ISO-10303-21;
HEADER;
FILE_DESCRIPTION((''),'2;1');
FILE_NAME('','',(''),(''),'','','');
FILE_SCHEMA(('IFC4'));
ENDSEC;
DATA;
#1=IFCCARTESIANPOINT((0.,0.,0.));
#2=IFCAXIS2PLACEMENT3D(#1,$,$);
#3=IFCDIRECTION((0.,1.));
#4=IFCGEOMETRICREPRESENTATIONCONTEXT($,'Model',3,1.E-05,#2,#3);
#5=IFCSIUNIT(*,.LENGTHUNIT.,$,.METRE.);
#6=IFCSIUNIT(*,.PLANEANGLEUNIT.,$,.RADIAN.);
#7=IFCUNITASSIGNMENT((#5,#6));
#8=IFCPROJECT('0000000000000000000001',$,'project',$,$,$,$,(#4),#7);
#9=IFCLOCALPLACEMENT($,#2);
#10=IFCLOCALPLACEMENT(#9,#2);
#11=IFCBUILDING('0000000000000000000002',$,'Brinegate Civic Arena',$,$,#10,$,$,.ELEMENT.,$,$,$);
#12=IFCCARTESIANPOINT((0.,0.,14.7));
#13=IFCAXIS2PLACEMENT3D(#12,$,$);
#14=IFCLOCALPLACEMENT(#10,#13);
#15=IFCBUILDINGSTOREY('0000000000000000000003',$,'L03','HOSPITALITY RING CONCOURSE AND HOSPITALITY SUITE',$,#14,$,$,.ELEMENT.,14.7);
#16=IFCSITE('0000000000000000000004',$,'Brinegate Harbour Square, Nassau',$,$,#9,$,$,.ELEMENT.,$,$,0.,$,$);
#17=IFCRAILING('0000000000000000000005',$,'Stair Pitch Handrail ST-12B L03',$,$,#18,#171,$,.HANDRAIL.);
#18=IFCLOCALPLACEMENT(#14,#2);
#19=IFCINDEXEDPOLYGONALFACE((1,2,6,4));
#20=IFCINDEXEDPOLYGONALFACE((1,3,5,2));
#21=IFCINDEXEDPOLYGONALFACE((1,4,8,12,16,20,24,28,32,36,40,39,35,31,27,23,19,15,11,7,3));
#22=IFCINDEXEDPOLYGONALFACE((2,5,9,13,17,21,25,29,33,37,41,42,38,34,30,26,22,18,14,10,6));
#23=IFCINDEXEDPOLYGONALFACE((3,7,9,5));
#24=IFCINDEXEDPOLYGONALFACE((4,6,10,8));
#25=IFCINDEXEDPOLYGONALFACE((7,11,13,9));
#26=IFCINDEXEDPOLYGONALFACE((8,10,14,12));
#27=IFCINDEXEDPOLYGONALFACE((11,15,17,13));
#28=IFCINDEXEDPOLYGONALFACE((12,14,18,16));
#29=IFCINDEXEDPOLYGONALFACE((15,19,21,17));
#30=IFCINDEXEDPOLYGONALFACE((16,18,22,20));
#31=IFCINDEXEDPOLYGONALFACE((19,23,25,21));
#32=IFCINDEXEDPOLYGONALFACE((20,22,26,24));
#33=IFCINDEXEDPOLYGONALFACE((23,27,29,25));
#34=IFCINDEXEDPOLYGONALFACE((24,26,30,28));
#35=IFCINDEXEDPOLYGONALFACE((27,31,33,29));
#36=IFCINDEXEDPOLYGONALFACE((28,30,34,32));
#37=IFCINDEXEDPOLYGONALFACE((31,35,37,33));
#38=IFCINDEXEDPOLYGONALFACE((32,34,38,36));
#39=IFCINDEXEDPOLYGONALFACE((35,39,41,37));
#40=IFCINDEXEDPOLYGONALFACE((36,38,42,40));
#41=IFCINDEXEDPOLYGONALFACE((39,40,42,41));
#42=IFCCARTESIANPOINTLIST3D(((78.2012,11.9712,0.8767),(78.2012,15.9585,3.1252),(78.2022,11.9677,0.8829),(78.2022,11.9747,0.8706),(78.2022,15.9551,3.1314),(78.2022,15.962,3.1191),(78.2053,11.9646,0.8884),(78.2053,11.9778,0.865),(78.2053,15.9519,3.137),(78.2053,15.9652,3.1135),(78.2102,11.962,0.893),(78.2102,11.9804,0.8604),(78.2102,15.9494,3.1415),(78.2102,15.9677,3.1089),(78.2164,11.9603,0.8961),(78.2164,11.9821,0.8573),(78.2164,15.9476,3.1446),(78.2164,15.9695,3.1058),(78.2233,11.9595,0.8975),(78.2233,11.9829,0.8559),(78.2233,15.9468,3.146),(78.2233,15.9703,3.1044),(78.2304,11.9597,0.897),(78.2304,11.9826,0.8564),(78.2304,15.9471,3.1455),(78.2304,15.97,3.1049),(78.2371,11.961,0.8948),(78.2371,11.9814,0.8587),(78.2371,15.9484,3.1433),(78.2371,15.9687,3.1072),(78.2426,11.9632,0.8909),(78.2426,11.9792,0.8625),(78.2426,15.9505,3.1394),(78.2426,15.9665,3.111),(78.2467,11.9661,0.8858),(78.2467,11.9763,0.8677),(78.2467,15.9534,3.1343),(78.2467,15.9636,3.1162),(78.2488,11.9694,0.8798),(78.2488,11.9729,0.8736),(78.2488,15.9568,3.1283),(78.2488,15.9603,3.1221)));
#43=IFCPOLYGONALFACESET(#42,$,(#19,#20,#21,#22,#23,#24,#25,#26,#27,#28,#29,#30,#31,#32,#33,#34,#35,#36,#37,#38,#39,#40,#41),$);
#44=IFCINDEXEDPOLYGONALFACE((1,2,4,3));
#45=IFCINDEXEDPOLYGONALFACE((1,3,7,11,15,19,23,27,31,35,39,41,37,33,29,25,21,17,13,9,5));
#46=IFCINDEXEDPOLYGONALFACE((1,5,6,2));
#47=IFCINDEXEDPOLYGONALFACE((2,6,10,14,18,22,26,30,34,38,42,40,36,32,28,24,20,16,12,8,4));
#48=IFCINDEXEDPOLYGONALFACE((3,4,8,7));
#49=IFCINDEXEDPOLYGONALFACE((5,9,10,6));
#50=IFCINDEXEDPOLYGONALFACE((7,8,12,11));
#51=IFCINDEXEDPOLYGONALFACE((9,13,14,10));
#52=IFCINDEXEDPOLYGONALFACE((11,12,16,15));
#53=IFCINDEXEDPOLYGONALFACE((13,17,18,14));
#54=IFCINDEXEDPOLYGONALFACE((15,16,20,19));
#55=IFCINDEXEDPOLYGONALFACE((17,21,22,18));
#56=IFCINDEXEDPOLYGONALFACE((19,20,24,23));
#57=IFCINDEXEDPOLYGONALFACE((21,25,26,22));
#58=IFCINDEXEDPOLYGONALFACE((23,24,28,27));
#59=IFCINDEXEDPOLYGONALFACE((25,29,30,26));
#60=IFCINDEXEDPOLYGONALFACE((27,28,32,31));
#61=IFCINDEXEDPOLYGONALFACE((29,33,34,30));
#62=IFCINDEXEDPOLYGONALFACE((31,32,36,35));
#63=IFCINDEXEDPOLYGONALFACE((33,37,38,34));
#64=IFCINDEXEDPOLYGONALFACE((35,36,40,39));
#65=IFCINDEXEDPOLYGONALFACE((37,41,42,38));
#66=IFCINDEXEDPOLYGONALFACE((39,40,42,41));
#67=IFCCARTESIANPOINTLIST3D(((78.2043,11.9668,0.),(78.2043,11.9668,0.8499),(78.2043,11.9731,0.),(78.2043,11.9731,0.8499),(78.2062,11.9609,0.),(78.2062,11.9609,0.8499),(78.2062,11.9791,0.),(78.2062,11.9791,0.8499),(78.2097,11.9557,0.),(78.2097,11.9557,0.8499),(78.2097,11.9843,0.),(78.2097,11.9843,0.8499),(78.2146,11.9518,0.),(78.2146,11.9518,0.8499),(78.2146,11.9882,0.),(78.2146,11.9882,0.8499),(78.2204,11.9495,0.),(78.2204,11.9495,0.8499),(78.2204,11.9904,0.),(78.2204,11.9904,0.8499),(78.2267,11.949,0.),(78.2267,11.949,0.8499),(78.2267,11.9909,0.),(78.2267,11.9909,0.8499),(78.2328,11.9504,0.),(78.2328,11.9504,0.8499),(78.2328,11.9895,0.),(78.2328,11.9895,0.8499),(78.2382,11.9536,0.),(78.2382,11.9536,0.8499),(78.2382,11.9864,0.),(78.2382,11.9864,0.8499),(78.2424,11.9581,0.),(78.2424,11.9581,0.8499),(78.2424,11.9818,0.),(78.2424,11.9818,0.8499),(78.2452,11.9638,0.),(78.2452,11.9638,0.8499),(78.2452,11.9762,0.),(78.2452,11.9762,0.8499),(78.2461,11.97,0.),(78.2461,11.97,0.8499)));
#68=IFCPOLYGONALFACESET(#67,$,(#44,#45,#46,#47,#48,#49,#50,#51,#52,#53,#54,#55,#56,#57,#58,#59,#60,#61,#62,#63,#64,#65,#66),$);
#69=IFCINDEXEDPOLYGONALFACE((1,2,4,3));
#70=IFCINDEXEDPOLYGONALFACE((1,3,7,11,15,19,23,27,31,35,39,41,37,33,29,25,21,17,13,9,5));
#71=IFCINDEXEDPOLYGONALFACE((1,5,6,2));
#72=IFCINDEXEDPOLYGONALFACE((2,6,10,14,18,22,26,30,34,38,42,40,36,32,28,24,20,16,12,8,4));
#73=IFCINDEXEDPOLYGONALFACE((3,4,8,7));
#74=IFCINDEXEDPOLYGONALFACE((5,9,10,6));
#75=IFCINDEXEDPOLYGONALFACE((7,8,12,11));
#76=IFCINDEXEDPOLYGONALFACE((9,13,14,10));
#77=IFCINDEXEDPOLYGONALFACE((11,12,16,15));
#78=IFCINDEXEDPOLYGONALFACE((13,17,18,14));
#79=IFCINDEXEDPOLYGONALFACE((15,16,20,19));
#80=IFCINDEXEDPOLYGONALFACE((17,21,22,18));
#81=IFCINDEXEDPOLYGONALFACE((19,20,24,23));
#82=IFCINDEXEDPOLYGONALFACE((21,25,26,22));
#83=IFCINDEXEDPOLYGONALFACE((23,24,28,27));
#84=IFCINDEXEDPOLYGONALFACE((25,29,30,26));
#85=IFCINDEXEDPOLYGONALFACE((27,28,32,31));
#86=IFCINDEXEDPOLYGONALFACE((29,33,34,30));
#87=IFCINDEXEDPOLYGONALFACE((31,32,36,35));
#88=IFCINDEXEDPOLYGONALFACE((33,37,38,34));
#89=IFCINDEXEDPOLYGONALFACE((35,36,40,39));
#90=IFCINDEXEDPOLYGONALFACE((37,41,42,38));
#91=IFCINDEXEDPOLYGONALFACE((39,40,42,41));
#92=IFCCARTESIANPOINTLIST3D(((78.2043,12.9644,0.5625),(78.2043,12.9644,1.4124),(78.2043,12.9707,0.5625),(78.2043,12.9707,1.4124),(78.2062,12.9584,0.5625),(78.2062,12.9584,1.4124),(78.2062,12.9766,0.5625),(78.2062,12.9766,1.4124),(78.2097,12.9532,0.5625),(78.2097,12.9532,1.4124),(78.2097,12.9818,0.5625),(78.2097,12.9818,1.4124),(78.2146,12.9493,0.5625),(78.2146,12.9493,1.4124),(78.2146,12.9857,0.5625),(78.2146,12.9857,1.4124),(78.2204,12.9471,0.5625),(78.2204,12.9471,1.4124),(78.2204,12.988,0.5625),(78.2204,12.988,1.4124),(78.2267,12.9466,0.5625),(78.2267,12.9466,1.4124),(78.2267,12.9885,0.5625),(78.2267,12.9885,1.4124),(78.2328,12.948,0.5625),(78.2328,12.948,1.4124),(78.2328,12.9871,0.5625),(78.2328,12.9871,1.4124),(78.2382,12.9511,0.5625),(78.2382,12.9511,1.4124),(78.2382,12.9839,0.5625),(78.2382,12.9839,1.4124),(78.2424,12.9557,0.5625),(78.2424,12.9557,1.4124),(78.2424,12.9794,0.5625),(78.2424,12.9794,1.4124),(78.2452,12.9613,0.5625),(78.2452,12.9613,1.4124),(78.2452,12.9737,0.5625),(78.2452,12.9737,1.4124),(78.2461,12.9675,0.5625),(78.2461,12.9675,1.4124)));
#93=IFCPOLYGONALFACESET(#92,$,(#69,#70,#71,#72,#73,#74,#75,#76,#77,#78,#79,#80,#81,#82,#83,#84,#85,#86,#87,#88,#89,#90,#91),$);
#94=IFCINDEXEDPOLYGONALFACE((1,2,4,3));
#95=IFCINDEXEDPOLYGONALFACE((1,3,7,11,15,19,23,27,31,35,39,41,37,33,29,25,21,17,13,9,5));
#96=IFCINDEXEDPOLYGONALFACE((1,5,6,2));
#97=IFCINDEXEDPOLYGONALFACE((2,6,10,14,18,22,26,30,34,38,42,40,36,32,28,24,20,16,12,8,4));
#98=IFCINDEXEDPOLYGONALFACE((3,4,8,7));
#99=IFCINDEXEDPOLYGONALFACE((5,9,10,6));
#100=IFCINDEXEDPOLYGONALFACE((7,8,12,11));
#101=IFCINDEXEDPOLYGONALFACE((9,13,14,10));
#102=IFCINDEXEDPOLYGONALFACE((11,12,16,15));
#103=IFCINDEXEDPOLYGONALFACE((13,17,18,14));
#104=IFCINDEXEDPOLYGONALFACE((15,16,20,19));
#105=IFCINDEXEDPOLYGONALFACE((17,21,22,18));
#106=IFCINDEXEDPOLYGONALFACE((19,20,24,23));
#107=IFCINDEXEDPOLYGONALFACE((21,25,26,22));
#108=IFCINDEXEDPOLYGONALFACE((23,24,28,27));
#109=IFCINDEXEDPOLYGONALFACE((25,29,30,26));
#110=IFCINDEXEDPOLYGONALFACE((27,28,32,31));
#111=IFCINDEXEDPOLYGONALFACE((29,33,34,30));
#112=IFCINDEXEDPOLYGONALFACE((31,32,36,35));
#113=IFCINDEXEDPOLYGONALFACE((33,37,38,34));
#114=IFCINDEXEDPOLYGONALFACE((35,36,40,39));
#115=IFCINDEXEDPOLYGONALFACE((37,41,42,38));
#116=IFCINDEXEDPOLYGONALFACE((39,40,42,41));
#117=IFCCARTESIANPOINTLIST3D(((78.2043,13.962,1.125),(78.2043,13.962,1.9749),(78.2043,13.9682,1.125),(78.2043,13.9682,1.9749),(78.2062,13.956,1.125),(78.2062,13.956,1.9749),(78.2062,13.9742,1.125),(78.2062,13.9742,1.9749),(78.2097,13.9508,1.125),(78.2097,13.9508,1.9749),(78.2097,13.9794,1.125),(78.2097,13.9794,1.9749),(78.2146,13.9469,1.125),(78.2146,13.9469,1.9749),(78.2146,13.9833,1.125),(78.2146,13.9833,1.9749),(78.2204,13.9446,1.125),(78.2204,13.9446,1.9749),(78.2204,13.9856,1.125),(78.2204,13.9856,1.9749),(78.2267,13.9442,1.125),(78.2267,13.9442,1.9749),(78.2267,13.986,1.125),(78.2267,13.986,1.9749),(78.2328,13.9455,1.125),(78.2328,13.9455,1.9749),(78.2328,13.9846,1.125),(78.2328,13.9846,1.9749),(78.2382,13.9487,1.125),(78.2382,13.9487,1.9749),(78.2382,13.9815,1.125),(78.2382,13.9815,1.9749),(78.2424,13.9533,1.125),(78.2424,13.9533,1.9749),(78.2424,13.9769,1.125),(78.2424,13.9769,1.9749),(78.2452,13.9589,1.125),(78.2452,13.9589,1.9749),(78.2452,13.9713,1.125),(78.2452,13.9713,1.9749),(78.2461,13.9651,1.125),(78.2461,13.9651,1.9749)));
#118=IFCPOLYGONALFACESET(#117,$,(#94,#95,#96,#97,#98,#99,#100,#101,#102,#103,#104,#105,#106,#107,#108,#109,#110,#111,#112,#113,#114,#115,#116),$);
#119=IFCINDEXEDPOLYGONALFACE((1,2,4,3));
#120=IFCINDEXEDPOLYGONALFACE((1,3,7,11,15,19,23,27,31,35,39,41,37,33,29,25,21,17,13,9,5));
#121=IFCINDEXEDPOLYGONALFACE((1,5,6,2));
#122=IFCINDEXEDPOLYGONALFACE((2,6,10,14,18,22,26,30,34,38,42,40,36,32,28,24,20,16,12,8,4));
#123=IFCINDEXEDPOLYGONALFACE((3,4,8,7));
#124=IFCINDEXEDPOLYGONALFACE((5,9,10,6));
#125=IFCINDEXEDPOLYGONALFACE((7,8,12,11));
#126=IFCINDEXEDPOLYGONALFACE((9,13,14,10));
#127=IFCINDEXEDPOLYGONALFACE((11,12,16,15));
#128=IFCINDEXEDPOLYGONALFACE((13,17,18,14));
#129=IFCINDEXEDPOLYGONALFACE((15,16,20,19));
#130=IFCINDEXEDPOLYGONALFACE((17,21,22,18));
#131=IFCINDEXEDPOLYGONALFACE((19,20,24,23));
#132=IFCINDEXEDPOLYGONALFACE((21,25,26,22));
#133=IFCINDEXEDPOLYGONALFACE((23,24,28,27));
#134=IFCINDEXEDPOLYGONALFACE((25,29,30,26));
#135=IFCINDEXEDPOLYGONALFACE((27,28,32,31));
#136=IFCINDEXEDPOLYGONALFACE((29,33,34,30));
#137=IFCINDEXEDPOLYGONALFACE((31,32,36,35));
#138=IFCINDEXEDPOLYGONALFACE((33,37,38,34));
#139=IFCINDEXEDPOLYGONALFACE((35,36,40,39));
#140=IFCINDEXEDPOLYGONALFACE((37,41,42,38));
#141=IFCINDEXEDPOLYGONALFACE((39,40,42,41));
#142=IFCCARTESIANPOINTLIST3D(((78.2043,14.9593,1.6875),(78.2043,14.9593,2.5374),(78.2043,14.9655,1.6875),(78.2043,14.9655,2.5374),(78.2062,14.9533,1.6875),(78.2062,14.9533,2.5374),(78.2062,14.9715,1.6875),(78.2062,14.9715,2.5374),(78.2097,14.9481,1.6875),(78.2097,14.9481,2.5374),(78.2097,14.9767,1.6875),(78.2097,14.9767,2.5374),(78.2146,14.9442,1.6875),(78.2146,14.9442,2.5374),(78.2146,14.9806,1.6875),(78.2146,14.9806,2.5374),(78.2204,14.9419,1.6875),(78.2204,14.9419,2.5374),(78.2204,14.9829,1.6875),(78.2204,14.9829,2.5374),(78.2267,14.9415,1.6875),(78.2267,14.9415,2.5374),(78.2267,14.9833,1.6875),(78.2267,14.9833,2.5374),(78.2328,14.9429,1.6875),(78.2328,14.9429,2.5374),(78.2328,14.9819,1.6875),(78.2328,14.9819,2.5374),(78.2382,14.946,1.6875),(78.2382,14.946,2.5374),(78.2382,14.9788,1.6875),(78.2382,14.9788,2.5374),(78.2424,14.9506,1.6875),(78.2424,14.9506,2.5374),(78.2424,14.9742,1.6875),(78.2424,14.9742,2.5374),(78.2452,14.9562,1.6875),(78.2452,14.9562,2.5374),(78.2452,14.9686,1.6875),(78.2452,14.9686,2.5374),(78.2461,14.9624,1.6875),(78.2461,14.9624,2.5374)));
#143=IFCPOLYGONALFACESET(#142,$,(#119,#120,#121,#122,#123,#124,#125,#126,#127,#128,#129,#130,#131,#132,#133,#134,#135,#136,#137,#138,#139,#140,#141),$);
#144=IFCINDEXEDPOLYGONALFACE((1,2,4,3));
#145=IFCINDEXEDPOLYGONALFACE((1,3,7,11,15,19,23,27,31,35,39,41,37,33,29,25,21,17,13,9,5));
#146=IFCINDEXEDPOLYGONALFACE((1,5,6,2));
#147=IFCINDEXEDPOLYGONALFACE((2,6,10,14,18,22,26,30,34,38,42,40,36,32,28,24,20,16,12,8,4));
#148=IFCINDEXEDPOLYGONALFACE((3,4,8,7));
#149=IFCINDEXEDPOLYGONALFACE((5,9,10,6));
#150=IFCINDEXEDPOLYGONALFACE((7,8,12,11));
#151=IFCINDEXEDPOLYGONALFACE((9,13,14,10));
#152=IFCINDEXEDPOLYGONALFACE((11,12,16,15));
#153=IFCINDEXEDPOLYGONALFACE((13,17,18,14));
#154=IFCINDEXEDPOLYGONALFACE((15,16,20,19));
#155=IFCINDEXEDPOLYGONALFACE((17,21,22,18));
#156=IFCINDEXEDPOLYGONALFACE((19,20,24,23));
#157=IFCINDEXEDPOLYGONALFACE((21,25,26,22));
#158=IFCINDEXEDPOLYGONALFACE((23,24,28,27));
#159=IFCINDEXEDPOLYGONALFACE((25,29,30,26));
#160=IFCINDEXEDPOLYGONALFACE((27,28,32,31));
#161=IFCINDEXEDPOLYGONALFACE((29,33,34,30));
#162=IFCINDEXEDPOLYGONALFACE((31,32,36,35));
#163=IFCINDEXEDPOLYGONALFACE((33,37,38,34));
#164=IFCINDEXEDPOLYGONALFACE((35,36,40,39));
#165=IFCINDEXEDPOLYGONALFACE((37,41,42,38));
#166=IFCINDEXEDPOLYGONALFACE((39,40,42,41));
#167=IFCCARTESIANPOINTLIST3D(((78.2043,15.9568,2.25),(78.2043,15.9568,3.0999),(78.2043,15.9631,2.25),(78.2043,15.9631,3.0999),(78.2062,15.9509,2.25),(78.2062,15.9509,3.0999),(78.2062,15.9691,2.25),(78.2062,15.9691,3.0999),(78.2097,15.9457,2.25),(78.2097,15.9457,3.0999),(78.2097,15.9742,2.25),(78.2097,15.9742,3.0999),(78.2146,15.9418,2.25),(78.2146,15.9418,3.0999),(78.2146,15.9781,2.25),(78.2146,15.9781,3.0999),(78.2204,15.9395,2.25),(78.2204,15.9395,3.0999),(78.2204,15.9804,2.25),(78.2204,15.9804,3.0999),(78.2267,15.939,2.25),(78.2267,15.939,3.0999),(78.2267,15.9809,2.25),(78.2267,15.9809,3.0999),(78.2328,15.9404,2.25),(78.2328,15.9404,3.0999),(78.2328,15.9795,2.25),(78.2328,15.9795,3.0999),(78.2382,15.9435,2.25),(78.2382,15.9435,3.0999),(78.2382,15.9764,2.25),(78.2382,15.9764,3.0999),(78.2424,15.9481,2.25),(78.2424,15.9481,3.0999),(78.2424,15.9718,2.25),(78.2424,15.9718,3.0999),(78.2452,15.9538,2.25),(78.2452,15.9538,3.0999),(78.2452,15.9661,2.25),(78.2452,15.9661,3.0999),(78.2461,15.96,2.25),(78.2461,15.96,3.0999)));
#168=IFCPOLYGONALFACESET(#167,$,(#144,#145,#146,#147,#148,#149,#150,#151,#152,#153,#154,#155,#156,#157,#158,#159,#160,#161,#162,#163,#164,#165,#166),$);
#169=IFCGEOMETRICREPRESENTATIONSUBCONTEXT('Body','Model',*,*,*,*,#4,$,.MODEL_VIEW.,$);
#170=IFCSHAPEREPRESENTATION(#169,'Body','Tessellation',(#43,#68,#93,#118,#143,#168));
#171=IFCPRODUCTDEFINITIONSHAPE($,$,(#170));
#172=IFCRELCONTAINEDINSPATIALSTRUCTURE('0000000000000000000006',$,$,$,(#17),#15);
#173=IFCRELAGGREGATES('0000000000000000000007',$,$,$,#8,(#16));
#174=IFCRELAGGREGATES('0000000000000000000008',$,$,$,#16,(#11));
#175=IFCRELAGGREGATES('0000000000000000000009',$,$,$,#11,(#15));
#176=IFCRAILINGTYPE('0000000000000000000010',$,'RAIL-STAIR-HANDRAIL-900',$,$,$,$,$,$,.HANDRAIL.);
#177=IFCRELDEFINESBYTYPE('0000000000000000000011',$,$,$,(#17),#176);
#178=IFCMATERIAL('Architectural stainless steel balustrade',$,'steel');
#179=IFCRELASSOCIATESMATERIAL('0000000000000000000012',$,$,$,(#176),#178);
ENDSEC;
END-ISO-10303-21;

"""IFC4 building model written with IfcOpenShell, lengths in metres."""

from ifc_helpers import new_model, si_unit, direction, frame, origin, origin_2d, place, context, subcontext, project, spatial, circle, extrude, material, type_object, element, save


model = new_model("IFC4")

# Units and contexts
model_context = context("Model", 3, precision=1e-05, world=origin(), true_north=direction((0.0, 1.0)))
body_context = subcontext(model_context, "Body", "Model", "MODEL_VIEW")
ifc_project = project(units=[si_unit("LENGTHUNIT", "METRE"), si_unit("PLANEANGLEUNIT", "RADIAN")], contexts=[model_context])

# Site, building, storey
site_placement = place(None, origin())
site = spatial("IfcSite", under=ifc_project, at=site_placement, Name="Brinegate Harbour Square, Nassau", CompositionType="ELEMENT", RefElevation=0.0)
building_placement = place(site_placement, origin())
building = spatial("IfcBuilding", under=site, at=building_placement, Name="Brinegate Civic Arena", CompositionType="ELEMENT")
storey_placement = place(building_placement, frame((0.0, 0.0, 14.7)))
storey = spatial("IfcBuildingStorey", under=building, at=storey_placement, Name="L03", Description="HOSPITALITY RING CONCOURSE AND HOSPITALITY SUITE", CompositionType="ELEMENT", Elevation=14.7)

# Railing
ifc_material_1 = material(Name="Architectural stainless steel balustrade", Category="steel")
railing_type_1 = type_object("IfcRailingType", Name="RAIL-STAIR-HANDRAIL-900", PredefinedType="HANDRAIL", material=ifc_material_1)
for number, where, name in (
    (1, (78.2251, 11.97, 0.0), "Stair Pitch Handrail ST-12B L03"),
):
    element("IfcRailing", number, at=place(storey_placement, frame(where)), inside=storey, type_object=railing_type_1, Name=name, PredefinedType="HANDRAIL", context=body_context, shape_type="SweptSolid", body=[
        extrude(circle(Radius=0.0239, at=origin_2d()), frame((0.0, 0.0012, 0.8767), z_axis=(0.0, 0.87105, 0.491195), x_axis=(-1.0, 0.0, 0.0)), (0.0, 0.0, 1.0), 4.5776),
        extrude(circle(Radius=0.021, at=origin_2d()), origin(), (0.0, 0.0, 1.0), 0.8499),
        extrude(circle(Radius=0.021, at=origin_2d()), frame((0.0, 0.9976, 0.5625)), (0.0, 0.0, 1.0), 0.8499),
        extrude(circle(Radius=0.021, at=origin_2d()), frame((0.0, 1.9951, 1.125)), (0.0, 0.0, 1.0), 0.8499),
        extrude(circle(Radius=0.021, at=origin_2d()), frame((0.0, 2.9924, 1.6875)), (0.0, 0.0, 1.0), 0.8499),
        extrude(circle(Radius=0.021, at=origin_2d()), frame((0.0, 3.99, 2.25)), (0.0, 0.0, 1.0), 0.8499),
    ])

save(model, "model.ifc")
